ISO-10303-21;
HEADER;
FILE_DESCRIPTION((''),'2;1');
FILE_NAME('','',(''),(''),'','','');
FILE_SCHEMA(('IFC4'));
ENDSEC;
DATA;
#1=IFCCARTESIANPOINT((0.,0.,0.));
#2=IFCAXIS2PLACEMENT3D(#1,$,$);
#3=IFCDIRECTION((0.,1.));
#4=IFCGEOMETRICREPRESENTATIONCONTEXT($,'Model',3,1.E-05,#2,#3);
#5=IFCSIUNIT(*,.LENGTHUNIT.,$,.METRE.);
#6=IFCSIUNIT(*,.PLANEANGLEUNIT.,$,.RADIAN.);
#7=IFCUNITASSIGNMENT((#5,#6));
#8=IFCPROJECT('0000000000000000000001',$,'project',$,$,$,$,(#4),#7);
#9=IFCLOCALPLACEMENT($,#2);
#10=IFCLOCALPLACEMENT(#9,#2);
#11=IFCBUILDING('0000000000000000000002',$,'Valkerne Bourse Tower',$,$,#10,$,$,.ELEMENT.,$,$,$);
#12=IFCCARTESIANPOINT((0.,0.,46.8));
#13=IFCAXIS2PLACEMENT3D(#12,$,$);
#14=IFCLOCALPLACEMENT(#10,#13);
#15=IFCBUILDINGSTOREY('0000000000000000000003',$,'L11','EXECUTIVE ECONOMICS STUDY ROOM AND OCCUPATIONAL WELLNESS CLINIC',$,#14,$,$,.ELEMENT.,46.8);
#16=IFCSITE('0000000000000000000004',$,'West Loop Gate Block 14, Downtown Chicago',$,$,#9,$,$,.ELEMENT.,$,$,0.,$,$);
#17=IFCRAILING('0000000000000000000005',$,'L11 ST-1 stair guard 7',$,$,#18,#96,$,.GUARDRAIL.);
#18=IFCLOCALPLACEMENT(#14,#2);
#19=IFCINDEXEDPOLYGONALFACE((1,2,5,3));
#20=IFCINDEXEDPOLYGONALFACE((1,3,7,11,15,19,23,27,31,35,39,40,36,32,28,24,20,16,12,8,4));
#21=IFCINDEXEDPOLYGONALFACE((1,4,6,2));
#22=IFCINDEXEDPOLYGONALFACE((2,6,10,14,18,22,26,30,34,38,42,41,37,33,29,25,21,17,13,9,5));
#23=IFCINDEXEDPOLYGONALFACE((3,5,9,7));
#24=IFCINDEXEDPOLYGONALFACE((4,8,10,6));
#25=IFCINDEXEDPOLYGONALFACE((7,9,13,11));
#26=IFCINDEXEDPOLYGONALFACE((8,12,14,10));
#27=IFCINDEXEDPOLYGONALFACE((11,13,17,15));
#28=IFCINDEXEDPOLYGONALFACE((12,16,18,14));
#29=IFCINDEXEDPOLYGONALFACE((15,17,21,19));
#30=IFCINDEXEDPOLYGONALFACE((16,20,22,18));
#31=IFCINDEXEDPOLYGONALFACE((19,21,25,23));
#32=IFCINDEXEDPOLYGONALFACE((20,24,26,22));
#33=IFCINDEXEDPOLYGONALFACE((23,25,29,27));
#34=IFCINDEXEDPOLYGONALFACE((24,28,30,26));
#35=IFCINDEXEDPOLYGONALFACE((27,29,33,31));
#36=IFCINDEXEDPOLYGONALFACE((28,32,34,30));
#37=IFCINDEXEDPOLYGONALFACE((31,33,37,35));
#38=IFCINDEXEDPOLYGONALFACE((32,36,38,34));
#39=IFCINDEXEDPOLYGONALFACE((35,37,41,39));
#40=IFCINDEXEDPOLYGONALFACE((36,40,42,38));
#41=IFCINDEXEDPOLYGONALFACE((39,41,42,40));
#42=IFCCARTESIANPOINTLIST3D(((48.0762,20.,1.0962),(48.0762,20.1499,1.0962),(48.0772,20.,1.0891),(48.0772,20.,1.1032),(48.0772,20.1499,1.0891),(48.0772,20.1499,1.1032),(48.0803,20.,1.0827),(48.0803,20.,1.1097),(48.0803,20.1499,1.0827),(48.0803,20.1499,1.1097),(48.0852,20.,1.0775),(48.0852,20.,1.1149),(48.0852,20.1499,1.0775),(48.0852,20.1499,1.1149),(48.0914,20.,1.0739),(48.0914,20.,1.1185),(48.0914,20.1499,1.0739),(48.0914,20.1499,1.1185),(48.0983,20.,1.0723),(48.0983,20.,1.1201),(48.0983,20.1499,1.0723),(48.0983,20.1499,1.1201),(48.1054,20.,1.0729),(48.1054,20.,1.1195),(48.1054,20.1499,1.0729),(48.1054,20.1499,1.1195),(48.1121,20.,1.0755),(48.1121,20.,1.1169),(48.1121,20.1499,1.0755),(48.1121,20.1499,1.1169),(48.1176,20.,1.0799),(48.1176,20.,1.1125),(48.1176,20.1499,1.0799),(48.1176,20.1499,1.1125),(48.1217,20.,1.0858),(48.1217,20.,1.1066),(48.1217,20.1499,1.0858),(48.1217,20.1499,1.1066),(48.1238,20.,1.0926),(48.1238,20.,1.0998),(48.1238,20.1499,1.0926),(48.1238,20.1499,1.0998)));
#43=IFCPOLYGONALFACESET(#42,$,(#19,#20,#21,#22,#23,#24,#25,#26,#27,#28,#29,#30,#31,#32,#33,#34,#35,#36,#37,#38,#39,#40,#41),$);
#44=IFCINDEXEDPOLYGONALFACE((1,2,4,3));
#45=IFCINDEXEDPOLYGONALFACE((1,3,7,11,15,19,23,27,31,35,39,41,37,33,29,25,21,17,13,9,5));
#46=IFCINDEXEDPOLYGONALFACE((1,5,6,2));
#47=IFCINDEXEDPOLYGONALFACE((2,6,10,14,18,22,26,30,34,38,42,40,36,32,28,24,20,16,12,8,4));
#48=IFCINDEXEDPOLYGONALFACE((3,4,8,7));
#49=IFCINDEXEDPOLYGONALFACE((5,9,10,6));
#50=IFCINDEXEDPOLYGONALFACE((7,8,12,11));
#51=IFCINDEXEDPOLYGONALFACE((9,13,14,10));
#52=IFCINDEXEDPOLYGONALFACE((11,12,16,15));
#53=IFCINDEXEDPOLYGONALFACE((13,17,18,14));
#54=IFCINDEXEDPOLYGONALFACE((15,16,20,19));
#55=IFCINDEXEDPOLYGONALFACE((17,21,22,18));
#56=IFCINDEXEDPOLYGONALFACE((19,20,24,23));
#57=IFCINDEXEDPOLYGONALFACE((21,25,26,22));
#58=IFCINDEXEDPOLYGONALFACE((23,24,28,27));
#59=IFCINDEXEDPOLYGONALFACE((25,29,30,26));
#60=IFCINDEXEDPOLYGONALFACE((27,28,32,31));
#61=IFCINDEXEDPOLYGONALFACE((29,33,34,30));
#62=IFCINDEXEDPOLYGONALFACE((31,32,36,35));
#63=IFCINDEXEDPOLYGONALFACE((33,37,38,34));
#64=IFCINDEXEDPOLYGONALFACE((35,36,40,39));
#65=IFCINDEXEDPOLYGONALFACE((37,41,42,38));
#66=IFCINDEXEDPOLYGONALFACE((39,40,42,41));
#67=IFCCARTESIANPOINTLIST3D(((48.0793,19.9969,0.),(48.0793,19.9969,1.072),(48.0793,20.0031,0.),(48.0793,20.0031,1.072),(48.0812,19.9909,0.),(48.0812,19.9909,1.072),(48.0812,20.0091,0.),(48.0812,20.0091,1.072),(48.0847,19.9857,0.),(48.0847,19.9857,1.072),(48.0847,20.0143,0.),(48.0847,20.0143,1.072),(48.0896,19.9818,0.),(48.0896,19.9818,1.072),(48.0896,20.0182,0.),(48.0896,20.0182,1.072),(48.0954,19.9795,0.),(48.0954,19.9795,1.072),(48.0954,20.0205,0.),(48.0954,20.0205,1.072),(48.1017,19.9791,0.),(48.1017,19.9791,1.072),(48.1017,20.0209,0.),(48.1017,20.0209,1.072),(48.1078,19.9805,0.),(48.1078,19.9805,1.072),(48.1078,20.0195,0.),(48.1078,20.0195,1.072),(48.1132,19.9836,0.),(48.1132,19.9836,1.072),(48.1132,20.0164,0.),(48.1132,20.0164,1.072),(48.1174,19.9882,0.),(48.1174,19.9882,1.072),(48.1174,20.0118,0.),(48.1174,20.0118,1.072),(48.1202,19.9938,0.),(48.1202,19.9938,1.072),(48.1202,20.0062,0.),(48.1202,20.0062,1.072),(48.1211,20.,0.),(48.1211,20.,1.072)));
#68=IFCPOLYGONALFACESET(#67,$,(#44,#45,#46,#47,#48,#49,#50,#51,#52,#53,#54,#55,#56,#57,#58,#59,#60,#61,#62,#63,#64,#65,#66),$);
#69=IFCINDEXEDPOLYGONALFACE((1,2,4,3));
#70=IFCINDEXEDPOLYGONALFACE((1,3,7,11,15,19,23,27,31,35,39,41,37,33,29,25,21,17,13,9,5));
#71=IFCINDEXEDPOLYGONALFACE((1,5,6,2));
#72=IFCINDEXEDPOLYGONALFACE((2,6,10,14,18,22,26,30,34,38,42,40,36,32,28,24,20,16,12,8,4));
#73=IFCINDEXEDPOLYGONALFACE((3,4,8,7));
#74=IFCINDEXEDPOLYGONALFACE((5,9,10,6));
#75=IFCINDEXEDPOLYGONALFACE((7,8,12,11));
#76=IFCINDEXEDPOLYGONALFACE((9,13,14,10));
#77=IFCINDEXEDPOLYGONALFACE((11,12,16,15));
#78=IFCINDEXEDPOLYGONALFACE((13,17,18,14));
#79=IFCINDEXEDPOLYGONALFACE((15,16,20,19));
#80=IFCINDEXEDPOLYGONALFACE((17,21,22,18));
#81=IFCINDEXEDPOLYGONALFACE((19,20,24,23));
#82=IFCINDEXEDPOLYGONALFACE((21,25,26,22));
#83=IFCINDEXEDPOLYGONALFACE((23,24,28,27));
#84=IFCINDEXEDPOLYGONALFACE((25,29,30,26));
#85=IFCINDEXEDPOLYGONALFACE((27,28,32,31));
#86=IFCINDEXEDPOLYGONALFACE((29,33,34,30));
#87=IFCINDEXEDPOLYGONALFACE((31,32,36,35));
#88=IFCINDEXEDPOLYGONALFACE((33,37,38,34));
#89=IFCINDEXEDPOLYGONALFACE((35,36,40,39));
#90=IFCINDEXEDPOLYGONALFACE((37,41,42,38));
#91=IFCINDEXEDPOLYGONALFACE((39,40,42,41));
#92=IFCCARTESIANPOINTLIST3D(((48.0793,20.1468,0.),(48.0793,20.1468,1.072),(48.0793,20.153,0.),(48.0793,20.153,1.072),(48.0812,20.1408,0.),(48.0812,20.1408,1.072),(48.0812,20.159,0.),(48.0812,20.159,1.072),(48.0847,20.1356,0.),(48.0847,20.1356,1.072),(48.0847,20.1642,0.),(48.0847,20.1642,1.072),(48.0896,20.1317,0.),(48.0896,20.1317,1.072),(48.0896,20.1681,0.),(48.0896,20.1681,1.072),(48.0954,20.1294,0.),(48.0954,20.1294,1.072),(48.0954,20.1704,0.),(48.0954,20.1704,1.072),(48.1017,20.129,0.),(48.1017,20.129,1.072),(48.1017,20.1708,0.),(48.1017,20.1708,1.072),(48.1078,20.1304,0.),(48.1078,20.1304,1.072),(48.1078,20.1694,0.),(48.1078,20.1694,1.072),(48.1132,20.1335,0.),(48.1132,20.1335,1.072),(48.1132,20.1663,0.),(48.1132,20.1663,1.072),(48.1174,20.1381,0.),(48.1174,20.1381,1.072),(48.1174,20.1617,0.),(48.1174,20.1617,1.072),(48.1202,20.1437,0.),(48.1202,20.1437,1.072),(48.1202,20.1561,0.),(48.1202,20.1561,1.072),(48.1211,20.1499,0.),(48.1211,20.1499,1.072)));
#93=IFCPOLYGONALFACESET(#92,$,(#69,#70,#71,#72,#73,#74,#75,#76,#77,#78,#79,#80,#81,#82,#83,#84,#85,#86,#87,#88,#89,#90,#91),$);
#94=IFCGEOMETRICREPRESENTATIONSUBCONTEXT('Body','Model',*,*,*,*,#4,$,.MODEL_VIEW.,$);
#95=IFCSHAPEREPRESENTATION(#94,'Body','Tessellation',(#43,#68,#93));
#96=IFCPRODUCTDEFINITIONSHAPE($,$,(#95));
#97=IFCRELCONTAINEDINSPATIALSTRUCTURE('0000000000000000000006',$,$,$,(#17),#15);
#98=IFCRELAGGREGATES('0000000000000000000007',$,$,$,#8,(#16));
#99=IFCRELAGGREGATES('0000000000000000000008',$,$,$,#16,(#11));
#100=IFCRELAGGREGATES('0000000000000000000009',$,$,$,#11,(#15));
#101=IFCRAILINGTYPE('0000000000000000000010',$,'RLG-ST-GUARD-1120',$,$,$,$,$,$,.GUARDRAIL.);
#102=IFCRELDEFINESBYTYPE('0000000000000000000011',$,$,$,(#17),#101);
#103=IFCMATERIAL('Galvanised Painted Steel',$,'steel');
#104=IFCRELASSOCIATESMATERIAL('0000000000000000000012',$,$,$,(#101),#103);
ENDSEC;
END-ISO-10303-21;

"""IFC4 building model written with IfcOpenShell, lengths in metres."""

from ifc_helpers import new_model, si_unit, direction, frame, origin, origin_2d, place, context, subcontext, project, spatial, circle, extrude, material, type_object, element, save


model = new_model("IFC4")

# Units and contexts
model_context = context("Model", 3, precision=1e-05, world=origin(), true_north=direction((0.0, 1.0)))
body_context = subcontext(model_context, "Body", "Model", "MODEL_VIEW")
ifc_project = project(units=[si_unit("LENGTHUNIT", "METRE"), si_unit("PLANEANGLEUNIT", "RADIAN")], contexts=[model_context])

# Site, building, storey
site_placement = place(None, origin())
site = spatial("IfcSite", under=ifc_project, at=site_placement, Name="West Loop Gate Block 14, Downtown Chicago", CompositionType="ELEMENT", RefElevation=0.0)
building_placement = place(site_placement, origin())
building = spatial("IfcBuilding", under=site, at=building_placement, Name="Valkerne Bourse Tower", CompositionType="ELEMENT")
storey_placement = place(building_placement, frame((0.0, 0.0, 46.8)))
storey = spatial("IfcBuildingStorey", under=building, at=storey_placement, Name="L11", Description="EXECUTIVE ECONOMICS STUDY ROOM AND OCCUPATIONAL WELLNESS CLINIC", CompositionType="ELEMENT", Elevation=46.8)

# Shared definitions
ifc_material_1 = material(Name="Galvanised Painted Steel", Category="steel")

# Railing
railing_type_1 = type_object("IfcRailingType", Name="RLG-ST-GUARD-1120", PredefinedType="GUARDRAIL", material=ifc_material_1)
railing_1_placement = place(storey_placement, frame((48.1001, 20.0, 0.0)))
element("IfcRailing", 1, at=railing_1_placement, inside=storey, type_object=railing_type_1, Name="L11 ST-1 stair guard 7", PredefinedType="GUARDRAIL", context=body_context, shape_type="SweptSolid", body=[
    extrude(circle(Radius=0.0239, at=origin_2d()), frame((0.0, 0.0, 1.0962), z_axis=(0.0, 1.0, 0.0), x_axis=(-1.0, 0.0, 0.0)), (0.0, 0.0, 1.0), 0.1499),
    extrude(circle(Radius=0.021, at=origin_2d()), origin(), (0.0, 0.0, 1.0), 1.072),
    extrude(circle(Radius=0.021, at=origin_2d()), frame((0.0, 0.1499, 0.0)), (0.0, 0.0, 1.0), 1.072),
])

save(model, "model.ifc")
